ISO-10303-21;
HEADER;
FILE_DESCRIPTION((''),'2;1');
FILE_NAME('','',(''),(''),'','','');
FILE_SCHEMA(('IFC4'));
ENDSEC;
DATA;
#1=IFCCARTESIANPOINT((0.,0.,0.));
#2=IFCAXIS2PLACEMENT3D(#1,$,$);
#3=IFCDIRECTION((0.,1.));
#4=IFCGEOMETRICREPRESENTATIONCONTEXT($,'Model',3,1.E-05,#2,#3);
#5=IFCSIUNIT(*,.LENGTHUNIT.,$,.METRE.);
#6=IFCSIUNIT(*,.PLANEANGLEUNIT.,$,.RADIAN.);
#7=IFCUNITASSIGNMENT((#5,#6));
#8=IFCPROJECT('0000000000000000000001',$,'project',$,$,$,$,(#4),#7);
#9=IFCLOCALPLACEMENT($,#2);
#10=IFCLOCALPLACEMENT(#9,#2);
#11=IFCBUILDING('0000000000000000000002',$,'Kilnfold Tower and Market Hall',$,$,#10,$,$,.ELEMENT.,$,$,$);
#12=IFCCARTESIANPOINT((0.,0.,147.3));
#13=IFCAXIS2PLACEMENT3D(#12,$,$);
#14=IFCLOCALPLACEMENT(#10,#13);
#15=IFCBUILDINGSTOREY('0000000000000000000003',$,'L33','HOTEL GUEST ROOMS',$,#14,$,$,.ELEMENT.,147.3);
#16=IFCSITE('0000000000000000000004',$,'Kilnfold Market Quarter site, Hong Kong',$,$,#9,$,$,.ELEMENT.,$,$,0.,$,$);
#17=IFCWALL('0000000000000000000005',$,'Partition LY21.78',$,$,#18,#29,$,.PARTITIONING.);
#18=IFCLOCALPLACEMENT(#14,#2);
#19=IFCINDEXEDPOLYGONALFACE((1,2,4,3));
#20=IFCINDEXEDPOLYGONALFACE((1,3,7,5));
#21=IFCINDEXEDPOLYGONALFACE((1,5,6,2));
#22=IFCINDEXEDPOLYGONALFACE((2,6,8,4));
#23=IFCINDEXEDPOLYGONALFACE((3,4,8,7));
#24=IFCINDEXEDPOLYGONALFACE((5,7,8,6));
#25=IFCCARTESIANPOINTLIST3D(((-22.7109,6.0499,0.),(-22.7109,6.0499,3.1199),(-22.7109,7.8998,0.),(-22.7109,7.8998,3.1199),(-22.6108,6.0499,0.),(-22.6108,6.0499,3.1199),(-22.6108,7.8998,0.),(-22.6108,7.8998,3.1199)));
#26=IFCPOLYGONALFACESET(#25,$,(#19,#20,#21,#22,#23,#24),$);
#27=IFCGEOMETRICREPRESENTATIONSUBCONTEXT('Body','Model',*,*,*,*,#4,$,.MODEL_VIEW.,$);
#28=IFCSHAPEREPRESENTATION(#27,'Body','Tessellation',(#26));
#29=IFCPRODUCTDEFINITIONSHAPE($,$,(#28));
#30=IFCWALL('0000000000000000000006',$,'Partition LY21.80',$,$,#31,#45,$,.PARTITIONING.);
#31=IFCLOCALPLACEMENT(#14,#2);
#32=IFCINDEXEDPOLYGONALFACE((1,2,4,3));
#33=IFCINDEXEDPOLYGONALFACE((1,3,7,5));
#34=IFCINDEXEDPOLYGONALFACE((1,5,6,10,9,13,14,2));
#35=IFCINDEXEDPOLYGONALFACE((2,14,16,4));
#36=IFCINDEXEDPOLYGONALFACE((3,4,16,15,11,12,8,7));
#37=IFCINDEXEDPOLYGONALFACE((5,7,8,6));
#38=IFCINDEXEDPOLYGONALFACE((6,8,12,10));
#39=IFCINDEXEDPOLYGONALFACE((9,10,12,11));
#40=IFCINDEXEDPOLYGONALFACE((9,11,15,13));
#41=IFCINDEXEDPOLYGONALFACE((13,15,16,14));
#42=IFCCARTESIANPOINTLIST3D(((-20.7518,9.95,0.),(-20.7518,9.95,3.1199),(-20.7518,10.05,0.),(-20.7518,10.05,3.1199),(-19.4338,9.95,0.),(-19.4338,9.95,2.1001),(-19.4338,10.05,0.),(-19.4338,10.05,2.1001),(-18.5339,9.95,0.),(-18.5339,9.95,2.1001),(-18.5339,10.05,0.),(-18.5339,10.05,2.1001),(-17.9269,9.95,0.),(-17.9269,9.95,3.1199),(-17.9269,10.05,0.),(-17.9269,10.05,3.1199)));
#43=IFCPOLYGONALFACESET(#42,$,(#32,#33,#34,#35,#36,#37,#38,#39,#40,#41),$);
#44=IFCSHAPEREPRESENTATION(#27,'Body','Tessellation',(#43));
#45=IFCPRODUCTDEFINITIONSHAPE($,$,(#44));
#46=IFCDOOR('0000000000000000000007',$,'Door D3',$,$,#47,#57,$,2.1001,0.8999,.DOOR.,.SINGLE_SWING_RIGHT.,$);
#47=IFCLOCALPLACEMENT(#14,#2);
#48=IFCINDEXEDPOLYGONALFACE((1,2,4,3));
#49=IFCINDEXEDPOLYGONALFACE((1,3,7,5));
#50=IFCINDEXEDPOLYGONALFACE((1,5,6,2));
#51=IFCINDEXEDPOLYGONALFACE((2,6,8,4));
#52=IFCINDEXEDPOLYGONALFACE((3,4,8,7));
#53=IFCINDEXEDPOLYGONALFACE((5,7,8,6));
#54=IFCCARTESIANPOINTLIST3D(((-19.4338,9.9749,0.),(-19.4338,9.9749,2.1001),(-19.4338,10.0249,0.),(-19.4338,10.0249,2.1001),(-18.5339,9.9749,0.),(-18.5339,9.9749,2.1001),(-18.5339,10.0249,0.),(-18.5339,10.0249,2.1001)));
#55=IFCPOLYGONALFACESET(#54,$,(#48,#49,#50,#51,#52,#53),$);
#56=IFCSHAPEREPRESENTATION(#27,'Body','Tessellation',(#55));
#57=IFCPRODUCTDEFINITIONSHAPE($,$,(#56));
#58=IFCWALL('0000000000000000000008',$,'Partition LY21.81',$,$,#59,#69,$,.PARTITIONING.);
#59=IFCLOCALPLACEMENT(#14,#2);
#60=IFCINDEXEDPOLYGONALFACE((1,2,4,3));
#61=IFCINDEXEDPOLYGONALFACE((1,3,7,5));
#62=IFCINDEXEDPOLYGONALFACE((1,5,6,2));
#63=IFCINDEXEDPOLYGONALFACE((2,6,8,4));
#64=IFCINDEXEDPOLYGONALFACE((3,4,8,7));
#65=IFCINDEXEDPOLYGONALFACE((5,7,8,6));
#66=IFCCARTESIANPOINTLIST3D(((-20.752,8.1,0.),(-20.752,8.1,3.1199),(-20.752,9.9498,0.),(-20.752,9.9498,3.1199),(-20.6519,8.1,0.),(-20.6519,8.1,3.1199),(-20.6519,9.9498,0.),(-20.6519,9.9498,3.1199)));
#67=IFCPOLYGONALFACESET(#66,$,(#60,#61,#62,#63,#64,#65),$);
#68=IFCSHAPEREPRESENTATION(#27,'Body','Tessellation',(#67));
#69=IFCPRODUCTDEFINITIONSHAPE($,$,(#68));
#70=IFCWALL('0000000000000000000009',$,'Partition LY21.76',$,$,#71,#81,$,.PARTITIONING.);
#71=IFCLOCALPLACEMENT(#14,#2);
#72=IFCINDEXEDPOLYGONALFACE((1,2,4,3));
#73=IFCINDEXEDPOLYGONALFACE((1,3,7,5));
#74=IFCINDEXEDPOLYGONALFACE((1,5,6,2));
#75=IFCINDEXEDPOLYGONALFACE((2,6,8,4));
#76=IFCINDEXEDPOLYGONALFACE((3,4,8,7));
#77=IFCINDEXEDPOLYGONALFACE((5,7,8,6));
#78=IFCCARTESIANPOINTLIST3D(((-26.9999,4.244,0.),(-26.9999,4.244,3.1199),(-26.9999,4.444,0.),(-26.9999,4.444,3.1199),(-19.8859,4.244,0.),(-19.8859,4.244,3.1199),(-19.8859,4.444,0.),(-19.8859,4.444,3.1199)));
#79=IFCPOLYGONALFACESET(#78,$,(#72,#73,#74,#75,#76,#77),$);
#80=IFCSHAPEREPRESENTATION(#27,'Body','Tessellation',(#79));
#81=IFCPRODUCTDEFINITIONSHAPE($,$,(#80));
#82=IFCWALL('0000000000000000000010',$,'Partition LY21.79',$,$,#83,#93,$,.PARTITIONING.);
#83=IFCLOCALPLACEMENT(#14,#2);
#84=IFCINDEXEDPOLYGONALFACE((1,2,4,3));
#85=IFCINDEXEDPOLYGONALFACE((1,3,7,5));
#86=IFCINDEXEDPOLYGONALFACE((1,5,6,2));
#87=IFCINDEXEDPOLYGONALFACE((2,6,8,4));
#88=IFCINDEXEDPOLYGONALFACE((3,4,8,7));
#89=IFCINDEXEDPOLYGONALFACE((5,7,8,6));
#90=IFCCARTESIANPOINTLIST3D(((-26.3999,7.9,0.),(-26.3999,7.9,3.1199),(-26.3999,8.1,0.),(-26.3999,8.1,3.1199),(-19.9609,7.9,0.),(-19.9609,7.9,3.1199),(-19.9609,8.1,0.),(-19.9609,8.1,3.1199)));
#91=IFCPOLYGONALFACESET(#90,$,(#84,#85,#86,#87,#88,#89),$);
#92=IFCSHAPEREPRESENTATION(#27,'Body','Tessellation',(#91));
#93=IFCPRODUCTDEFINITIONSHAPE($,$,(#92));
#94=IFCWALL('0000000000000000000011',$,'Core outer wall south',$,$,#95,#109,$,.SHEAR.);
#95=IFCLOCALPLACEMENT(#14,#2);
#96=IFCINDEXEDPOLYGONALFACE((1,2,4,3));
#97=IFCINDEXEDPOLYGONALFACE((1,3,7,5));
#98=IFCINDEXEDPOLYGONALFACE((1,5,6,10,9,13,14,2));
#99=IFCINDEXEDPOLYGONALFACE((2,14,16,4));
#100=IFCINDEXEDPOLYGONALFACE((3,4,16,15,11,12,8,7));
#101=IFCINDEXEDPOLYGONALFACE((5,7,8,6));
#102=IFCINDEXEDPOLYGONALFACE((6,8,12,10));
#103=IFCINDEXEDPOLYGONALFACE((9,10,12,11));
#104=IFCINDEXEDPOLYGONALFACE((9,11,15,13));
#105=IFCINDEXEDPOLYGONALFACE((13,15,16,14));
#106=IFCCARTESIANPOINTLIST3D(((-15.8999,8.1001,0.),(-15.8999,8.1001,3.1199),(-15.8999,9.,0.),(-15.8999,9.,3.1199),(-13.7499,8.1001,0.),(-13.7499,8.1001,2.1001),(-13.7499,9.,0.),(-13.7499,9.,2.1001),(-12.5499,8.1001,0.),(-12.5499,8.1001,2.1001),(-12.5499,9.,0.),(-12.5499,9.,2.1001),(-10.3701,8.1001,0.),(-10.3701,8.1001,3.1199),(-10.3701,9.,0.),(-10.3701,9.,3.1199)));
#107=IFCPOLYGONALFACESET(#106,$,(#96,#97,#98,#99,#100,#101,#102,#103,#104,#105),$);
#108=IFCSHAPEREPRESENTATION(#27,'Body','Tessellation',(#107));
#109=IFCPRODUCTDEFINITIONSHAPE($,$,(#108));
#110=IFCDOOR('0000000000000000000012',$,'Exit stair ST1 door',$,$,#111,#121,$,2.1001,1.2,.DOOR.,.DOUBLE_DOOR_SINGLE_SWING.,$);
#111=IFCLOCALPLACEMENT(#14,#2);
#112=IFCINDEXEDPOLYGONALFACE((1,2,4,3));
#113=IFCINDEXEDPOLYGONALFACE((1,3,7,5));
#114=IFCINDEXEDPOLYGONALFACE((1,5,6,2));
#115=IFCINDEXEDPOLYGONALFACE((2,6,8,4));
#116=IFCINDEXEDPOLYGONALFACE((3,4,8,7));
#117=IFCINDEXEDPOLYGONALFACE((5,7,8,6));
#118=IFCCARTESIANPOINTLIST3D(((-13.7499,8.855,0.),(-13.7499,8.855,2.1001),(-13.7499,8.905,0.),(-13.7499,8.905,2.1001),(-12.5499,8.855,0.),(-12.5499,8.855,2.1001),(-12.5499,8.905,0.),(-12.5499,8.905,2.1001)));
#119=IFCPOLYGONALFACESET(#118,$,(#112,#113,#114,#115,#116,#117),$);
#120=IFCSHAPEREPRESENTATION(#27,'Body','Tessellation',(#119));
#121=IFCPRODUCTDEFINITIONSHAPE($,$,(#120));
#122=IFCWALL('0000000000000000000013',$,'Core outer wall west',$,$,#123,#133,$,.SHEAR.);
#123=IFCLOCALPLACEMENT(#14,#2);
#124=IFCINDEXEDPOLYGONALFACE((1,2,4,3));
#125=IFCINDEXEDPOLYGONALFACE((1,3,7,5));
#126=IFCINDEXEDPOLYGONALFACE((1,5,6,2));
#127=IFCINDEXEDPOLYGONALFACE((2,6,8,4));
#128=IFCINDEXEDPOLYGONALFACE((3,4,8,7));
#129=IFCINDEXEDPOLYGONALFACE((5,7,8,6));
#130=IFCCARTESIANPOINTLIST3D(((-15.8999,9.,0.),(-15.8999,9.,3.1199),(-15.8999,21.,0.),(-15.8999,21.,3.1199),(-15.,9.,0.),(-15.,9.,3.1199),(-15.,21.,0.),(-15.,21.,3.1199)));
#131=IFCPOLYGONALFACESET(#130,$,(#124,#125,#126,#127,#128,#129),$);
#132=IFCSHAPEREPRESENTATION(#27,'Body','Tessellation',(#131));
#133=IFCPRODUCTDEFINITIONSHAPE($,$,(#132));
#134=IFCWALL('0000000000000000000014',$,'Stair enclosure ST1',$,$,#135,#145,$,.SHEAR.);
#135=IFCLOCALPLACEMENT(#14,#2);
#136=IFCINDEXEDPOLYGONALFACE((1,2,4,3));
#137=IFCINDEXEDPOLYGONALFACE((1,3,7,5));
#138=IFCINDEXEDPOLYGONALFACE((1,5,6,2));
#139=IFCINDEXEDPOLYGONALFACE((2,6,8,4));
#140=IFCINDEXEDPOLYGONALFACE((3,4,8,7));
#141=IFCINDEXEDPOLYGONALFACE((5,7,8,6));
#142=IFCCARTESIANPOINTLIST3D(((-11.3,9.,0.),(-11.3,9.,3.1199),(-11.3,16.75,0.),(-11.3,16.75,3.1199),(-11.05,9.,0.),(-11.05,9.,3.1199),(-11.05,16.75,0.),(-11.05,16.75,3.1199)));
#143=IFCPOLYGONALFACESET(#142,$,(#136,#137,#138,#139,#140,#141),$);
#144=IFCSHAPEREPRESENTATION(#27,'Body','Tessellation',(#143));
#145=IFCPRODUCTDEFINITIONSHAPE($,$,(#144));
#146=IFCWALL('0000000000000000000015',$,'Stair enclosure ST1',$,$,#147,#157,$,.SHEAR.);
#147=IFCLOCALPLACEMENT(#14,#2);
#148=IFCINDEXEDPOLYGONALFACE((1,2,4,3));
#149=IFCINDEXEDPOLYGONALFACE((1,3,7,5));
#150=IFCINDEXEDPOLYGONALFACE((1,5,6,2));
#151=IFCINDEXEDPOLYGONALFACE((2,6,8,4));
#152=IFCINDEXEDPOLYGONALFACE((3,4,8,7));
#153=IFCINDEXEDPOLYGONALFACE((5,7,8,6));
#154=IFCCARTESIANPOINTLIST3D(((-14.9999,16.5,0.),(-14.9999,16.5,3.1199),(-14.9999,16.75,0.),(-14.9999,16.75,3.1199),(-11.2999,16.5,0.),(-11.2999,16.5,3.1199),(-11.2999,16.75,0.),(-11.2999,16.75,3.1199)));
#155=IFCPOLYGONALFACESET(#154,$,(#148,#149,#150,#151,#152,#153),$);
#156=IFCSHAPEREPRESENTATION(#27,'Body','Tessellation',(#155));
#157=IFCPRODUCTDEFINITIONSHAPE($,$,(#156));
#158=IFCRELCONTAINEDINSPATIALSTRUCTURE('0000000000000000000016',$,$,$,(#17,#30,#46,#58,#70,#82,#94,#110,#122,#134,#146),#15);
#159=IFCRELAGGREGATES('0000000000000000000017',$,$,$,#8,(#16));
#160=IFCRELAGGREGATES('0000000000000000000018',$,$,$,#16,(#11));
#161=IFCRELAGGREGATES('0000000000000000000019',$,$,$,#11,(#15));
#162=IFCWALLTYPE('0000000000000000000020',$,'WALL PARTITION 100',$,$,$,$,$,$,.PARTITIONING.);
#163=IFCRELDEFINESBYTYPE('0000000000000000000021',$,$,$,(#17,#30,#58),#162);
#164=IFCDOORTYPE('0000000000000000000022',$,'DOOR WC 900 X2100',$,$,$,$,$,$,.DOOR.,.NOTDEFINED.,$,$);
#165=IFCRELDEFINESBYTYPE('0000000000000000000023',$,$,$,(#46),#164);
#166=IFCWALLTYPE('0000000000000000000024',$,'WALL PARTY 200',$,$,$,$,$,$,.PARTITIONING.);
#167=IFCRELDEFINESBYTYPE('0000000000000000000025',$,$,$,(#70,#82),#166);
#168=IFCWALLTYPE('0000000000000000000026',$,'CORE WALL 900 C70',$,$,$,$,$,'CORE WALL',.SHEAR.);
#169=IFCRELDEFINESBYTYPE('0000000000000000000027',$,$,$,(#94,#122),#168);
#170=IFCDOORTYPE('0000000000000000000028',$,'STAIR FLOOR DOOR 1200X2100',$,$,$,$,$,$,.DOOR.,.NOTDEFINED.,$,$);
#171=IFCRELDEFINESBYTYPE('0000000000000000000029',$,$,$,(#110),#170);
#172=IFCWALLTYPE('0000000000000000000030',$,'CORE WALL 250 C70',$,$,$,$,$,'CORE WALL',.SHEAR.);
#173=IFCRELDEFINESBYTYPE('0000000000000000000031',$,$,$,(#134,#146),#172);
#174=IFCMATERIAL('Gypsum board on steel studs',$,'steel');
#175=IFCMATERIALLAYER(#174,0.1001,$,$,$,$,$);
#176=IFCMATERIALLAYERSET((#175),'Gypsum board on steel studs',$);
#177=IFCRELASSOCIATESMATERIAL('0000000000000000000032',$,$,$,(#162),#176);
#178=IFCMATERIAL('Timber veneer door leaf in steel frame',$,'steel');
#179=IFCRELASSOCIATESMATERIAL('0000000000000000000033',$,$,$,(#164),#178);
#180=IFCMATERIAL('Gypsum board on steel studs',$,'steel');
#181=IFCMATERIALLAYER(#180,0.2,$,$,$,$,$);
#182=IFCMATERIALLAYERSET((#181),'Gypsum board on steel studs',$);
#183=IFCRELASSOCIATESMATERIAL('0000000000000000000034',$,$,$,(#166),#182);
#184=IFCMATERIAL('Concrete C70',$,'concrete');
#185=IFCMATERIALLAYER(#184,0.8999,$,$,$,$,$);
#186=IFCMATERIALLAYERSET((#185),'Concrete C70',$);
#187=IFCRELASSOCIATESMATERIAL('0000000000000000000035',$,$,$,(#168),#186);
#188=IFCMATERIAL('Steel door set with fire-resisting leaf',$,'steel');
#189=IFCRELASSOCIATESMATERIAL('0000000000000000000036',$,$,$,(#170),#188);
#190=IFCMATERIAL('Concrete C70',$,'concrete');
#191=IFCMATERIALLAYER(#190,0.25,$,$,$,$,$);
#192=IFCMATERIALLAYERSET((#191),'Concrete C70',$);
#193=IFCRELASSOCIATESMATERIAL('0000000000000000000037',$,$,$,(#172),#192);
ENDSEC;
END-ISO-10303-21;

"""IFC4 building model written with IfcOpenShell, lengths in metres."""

from ifc_helpers import new_model, si_unit, direction, frame, frame_2d, origin, place, context, subcontext, project, spatial, rectangle, extrude, source, transform, mapped, material, layer, layer_set, type_object, element, fill, save


model = new_model("IFC4")

# Units and contexts
model_context = context("Model", 3, precision=1e-05, world=origin(), true_north=direction((0.0, 1.0)))
body_context = subcontext(model_context, "Body", "Model", "MODEL_VIEW")
ifc_project = project(units=[si_unit("LENGTHUNIT", "METRE"), si_unit("PLANEANGLEUNIT", "RADIAN")], contexts=[model_context])

# Site, building, storey
site_placement = place(None, origin())
site = spatial("IfcSite", under=ifc_project, at=site_placement, Name="Kilnfold Market Quarter site, Hong Kong", CompositionType="ELEMENT", RefElevation=0.0)
building_placement = place(site_placement, origin())
building = spatial("IfcBuilding", under=site, at=building_placement, Name="Kilnfold Tower and Market Hall", CompositionType="ELEMENT")
storey_placement = place(building_placement, frame((0.0, 0.0, 147.3)))
storey = spatial("IfcBuildingStorey", under=building, at=storey_placement, Name="L33", Description="HOTEL GUEST ROOMS", CompositionType="ELEMENT", Elevation=147.3)

# Shared definitions
ifc_material_1 = material(Name="Gypsum board on steel studs", Category="steel")
ifc_layer_1 = layer(ifc_material_1, 0.1001)
ifc_layer_set_1 = layer_set([ifc_layer_1], Name="Gypsum board on steel studs")
wall_type_1 = type_object("IfcWallType", Name="WALL PARTITION 100", PredefinedType="PARTITIONING", material=ifc_layer_set_1)
ifc_material_2 = material(Name="Timber veneer door leaf in steel frame", Category="steel")
door_type_1 = type_object("IfcDoorType", Name="DOOR WC 900 X2100", OperationType="NOTDEFINED", PredefinedType="DOOR", material=ifc_material_2)

# Wall
wall_1_placement = place(storey_placement, frame((-22.6609, 6.05, 0.0), z_axis=(0.0, 0.0, 1.0), x_axis=(0.0, 1.0, 0.0)))
element("IfcWall", 1, at=wall_1_placement, inside=storey, type_object=wall_type_1, Name="Partition LY21.78", PredefinedType="PARTITIONING", context=body_context, shape_type="SweptSolid", body=[
    extrude(rectangle(XDim=1.8499, YDim=0.1001, at=frame_2d((0.9248, 0.0))), origin(), (0.0, 0.0, 1.0), 3.1199),
])

# Wall, opening, door
wall_2_placement = place(storey_placement, frame((-20.752, 10.0, 0.0), z_axis=(0.0, 0.0, 1.0), x_axis=(1.0, 0.0, 0.0)))
wall_2 = element("IfcWall", 2, at=wall_2_placement, inside=storey, type_object=wall_type_1, Name="Partition LY21.80", PredefinedType="PARTITIONING", context=body_context, shape_type="SweptSolid", body=[
    extrude(rectangle(XDim=2.825, YDim=0.1001, at=frame_2d((1.4126, 0.0))), origin(), (0.0, 0.0, 1.0), 3.1199),
])
opening_1_placement = place(wall_2_placement, frame((1.3181, 0.0, 0.0)))
opening_1 = element("IfcOpeningElement", 3, at=opening_1_placement, cuts=wall_2, PredefinedType="OPENING", context=body_context, shape_type="SweptSolid", body=[
    extrude(rectangle(XDim=0.8999, YDim=2.1001, at=frame_2d((0.45, 1.05))), frame((0.0, 0.0601, 0.0), z_axis=(0.0, -1.0, 0.0), x_axis=(1.0, 0.0, 0.0)), (0.0, 0.0, 1.0), 0.1201),
])
door_1_placement = place(opening_1_placement, origin())
door_1 = element("IfcDoor", 4, at=door_1_placement, inside=storey, type_object=door_type_1, Name="Door D3", OperationType="SINGLE_SWING_RIGHT", OverallHeight=2.1001, OverallWidth=0.8999, PredefinedType="DOOR", context=body_context, shape_type="SweptSolid", body=[
    extrude(rectangle(XDim=0.8999, YDim=2.1001, at=frame_2d((0.45, 1.05))), frame((0.0, 0.0249, 0.0), z_axis=(0.0, -1.0, 0.0), x_axis=(1.0, 0.0, 0.0)), (0.0, 0.0, 1.0), 0.05),
])
fill(opening_1, door_1)

# Walls
wall_3_placement = place(storey_placement, frame((-20.7019, 8.1001, 0.0), z_axis=(0.0, 0.0, 1.0), x_axis=(0.0, 1.0, 0.0)))
element("IfcWall", 5, at=wall_3_placement, inside=storey, type_object=wall_type_1, Name="Partition LY21.81", PredefinedType="PARTITIONING", context=body_context, shape_type="SweptSolid", body=[
    extrude(rectangle(XDim=1.8499, YDim=0.1001, at=frame_2d((0.9248, 0.0))), origin(), (0.0, 0.0, 1.0), 3.1199),
])
ifc_material_3 = material(Name="Gypsum board on steel studs", Category="steel")
ifc_layer_2 = layer(ifc_material_3, 0.2)
ifc_layer_set_2 = layer_set([ifc_layer_2], Name="Gypsum board on steel studs")
wall_type_2 = type_object("IfcWallType", Name="WALL PARTY 200", PredefinedType="PARTITIONING", material=ifc_layer_set_2)
wall_4_placement = place(storey_placement, frame((-27.0, 4.344, 0.0), z_axis=(0.0, 0.0, 1.0), x_axis=(1.0, 0.0, 0.0)))
element("IfcWall", 6, at=wall_4_placement, inside=storey, type_object=wall_type_2, Name="Partition LY21.76", PredefinedType="PARTITIONING", context=body_context, shape_type="SweptSolid", body=[
    extrude(rectangle(XDim=7.114, YDim=0.2, at=frame_2d((3.5571, 0.0))), origin(), (0.0, 0.0, 1.0), 3.1199),
])
wall_5_placement = place(storey_placement, frame((-26.3999, 8.0, 0.0), z_axis=(0.0, 0.0, 1.0), x_axis=(1.0, 0.0, 0.0)))
element("IfcWall", 7, at=wall_5_placement, inside=storey, type_object=wall_type_2, Name="Partition LY21.79", PredefinedType="PARTITIONING", context=body_context, shape_type="SweptSolid", body=[
    extrude(rectangle(XDim=6.439, YDim=0.2, at=frame_2d((3.2195, 0.0))), origin(), (0.0, 0.0, 1.0), 3.1199),
])

# Wall, opening, door
ifc_material_4 = material(Name="Concrete C70", Category="concrete")
ifc_layer_3 = layer(ifc_material_4, 0.8999)
ifc_layer_set_3 = layer_set([ifc_layer_3], Name="Concrete C70")
wall_type_3 = type_object("IfcWallType", Name="CORE WALL 900 C70", ElementType="CORE WALL", PredefinedType="SHEAR", material=ifc_layer_set_3)
shared_shape_1 = source(origin(), body_context, "Body", "SweptSolid", [
    extrude(rectangle(XDim=5.5298, YDim=0.8999, at=frame_2d((2.7649, 0.0))), origin(), (0.0, 0.0, 1.0), 3.1199),
])
wall_6_placement = place(storey_placement, frame((-15.8999, 8.55, 0.0), z_axis=(0.0, 0.0, 1.0), x_axis=(1.0, 0.0, 0.0)))
wall_6 = element("IfcWall", 8, at=wall_6_placement, inside=storey, type_object=wall_type_3, Name="Core outer wall south", PredefinedType="SHEAR", context=body_context, shape_type="MappedRepresentation", body=[
    mapped(shared_shape_1, transform((0.0, 0.0, 0.0))),
])
opening_2_placement = place(wall_6_placement, frame((2.1499, 0.0, 0.0)))
opening_2 = element("IfcOpeningElement", 9, at=opening_2_placement, cuts=wall_6, PredefinedType="OPENING", context=body_context, shape_type="SweptSolid", body=[
    extrude(rectangle(XDim=1.2, YDim=2.1001, at=frame_2d((0.6001, 1.05))), frame((0.0, 0.46, 0.0), z_axis=(0.0, -1.0, 0.0), x_axis=(1.0, 0.0, 0.0)), (0.0, 0.0, 1.0), 0.9199),
])
ifc_material_5 = material(Name="Steel door set with fire-resisting leaf", Category="steel")
door_type_2 = type_object("IfcDoorType", Name="STAIR FLOOR DOOR 1200X2100", OperationType="NOTDEFINED", PredefinedType="DOOR", material=ifc_material_5)
door_2_placement = place(opening_2_placement, origin())
door_2 = element("IfcDoor", 10, at=door_2_placement, inside=storey, type_object=door_type_2, Name="Exit stair ST1 door", OperationType="DOUBLE_DOOR_SINGLE_SWING", OverallHeight=2.1001, OverallWidth=1.2, PredefinedType="DOOR", context=body_context, shape_type="SweptSolid", body=[
    extrude(rectangle(XDim=1.2, YDim=2.1001, at=frame_2d((0.6001, 1.05))), frame((0.0, 0.355, 0.0), z_axis=(0.0, -1.0, 0.0), x_axis=(1.0, 0.0, 0.0)), (0.0, 0.0, 1.0), 0.05),
])
fill(opening_2, door_2)

# Walls
shared_shape_2 = source(origin(), body_context, "Body", "SweptSolid", [
    extrude(rectangle(XDim=12.0, YDim=0.8999, at=frame_2d((6.0, 0.0))), origin(), (0.0, 0.0, 1.0), 3.1199),
])
wall_7_placement = place(storey_placement, frame((-15.45, 9.0, 0.0), z_axis=(0.0, 0.0, 1.0), x_axis=(0.0, 1.0, 0.0)))
element("IfcWall", 11, at=wall_7_placement, inside=storey, type_object=wall_type_3, Name="Core outer wall west", PredefinedType="SHEAR", context=body_context, shape_type="MappedRepresentation", body=[
    mapped(shared_shape_2, transform((0.0, 0.0, 0.0))),
])
ifc_material_6 = material(Name="Concrete C70", Category="concrete")
ifc_layer_4 = layer(ifc_material_6, 0.25)
ifc_layer_set_4 = layer_set([ifc_layer_4], Name="Concrete C70")
wall_type_4 = type_object("IfcWallType", Name="CORE WALL 250 C70", ElementType="CORE WALL", PredefinedType="SHEAR", material=ifc_layer_set_4)
shared_shape_3 = source(origin(), body_context, "Body", "SweptSolid", [
    extrude(rectangle(XDim=7.75, YDim=0.25, at=frame_2d((3.875, 0.0))), origin(), (0.0, 0.0, 1.0), 3.1199),
])
wall_8_placement = place(storey_placement, frame((-11.175, 9.0, 0.0), z_axis=(0.0, 0.0, 1.0), x_axis=(0.0, 1.0, 0.0)))
element("IfcWall", 12, at=wall_8_placement, inside=storey, type_object=wall_type_4, Name="Stair enclosure ST1", PredefinedType="SHEAR", context=body_context, shape_type="MappedRepresentation", body=[
    mapped(shared_shape_3, transform((0.0, 0.0, 0.0))),
])
shared_shape_4 = source(origin(), body_context, "Body", "SweptSolid", [
    extrude(rectangle(XDim=3.7, YDim=0.25, at=frame_2d((1.8501, 0.0))), origin(), (0.0, 0.0, 1.0), 3.1199),
])
wall_9_placement = place(storey_placement, frame((-15.0, 16.625, 0.0), z_axis=(0.0, 0.0, 1.0), x_axis=(1.0, 0.0, 0.0)))
element("IfcWall", 13, at=wall_9_placement, inside=storey, type_object=wall_type_4, Name="Stair enclosure ST1", PredefinedType="SHEAR", context=body_context, shape_type="MappedRepresentation", body=[
    mapped(shared_shape_4, transform((0.0, 0.0, 0.0))),
])

save(model, "model.ifc")
